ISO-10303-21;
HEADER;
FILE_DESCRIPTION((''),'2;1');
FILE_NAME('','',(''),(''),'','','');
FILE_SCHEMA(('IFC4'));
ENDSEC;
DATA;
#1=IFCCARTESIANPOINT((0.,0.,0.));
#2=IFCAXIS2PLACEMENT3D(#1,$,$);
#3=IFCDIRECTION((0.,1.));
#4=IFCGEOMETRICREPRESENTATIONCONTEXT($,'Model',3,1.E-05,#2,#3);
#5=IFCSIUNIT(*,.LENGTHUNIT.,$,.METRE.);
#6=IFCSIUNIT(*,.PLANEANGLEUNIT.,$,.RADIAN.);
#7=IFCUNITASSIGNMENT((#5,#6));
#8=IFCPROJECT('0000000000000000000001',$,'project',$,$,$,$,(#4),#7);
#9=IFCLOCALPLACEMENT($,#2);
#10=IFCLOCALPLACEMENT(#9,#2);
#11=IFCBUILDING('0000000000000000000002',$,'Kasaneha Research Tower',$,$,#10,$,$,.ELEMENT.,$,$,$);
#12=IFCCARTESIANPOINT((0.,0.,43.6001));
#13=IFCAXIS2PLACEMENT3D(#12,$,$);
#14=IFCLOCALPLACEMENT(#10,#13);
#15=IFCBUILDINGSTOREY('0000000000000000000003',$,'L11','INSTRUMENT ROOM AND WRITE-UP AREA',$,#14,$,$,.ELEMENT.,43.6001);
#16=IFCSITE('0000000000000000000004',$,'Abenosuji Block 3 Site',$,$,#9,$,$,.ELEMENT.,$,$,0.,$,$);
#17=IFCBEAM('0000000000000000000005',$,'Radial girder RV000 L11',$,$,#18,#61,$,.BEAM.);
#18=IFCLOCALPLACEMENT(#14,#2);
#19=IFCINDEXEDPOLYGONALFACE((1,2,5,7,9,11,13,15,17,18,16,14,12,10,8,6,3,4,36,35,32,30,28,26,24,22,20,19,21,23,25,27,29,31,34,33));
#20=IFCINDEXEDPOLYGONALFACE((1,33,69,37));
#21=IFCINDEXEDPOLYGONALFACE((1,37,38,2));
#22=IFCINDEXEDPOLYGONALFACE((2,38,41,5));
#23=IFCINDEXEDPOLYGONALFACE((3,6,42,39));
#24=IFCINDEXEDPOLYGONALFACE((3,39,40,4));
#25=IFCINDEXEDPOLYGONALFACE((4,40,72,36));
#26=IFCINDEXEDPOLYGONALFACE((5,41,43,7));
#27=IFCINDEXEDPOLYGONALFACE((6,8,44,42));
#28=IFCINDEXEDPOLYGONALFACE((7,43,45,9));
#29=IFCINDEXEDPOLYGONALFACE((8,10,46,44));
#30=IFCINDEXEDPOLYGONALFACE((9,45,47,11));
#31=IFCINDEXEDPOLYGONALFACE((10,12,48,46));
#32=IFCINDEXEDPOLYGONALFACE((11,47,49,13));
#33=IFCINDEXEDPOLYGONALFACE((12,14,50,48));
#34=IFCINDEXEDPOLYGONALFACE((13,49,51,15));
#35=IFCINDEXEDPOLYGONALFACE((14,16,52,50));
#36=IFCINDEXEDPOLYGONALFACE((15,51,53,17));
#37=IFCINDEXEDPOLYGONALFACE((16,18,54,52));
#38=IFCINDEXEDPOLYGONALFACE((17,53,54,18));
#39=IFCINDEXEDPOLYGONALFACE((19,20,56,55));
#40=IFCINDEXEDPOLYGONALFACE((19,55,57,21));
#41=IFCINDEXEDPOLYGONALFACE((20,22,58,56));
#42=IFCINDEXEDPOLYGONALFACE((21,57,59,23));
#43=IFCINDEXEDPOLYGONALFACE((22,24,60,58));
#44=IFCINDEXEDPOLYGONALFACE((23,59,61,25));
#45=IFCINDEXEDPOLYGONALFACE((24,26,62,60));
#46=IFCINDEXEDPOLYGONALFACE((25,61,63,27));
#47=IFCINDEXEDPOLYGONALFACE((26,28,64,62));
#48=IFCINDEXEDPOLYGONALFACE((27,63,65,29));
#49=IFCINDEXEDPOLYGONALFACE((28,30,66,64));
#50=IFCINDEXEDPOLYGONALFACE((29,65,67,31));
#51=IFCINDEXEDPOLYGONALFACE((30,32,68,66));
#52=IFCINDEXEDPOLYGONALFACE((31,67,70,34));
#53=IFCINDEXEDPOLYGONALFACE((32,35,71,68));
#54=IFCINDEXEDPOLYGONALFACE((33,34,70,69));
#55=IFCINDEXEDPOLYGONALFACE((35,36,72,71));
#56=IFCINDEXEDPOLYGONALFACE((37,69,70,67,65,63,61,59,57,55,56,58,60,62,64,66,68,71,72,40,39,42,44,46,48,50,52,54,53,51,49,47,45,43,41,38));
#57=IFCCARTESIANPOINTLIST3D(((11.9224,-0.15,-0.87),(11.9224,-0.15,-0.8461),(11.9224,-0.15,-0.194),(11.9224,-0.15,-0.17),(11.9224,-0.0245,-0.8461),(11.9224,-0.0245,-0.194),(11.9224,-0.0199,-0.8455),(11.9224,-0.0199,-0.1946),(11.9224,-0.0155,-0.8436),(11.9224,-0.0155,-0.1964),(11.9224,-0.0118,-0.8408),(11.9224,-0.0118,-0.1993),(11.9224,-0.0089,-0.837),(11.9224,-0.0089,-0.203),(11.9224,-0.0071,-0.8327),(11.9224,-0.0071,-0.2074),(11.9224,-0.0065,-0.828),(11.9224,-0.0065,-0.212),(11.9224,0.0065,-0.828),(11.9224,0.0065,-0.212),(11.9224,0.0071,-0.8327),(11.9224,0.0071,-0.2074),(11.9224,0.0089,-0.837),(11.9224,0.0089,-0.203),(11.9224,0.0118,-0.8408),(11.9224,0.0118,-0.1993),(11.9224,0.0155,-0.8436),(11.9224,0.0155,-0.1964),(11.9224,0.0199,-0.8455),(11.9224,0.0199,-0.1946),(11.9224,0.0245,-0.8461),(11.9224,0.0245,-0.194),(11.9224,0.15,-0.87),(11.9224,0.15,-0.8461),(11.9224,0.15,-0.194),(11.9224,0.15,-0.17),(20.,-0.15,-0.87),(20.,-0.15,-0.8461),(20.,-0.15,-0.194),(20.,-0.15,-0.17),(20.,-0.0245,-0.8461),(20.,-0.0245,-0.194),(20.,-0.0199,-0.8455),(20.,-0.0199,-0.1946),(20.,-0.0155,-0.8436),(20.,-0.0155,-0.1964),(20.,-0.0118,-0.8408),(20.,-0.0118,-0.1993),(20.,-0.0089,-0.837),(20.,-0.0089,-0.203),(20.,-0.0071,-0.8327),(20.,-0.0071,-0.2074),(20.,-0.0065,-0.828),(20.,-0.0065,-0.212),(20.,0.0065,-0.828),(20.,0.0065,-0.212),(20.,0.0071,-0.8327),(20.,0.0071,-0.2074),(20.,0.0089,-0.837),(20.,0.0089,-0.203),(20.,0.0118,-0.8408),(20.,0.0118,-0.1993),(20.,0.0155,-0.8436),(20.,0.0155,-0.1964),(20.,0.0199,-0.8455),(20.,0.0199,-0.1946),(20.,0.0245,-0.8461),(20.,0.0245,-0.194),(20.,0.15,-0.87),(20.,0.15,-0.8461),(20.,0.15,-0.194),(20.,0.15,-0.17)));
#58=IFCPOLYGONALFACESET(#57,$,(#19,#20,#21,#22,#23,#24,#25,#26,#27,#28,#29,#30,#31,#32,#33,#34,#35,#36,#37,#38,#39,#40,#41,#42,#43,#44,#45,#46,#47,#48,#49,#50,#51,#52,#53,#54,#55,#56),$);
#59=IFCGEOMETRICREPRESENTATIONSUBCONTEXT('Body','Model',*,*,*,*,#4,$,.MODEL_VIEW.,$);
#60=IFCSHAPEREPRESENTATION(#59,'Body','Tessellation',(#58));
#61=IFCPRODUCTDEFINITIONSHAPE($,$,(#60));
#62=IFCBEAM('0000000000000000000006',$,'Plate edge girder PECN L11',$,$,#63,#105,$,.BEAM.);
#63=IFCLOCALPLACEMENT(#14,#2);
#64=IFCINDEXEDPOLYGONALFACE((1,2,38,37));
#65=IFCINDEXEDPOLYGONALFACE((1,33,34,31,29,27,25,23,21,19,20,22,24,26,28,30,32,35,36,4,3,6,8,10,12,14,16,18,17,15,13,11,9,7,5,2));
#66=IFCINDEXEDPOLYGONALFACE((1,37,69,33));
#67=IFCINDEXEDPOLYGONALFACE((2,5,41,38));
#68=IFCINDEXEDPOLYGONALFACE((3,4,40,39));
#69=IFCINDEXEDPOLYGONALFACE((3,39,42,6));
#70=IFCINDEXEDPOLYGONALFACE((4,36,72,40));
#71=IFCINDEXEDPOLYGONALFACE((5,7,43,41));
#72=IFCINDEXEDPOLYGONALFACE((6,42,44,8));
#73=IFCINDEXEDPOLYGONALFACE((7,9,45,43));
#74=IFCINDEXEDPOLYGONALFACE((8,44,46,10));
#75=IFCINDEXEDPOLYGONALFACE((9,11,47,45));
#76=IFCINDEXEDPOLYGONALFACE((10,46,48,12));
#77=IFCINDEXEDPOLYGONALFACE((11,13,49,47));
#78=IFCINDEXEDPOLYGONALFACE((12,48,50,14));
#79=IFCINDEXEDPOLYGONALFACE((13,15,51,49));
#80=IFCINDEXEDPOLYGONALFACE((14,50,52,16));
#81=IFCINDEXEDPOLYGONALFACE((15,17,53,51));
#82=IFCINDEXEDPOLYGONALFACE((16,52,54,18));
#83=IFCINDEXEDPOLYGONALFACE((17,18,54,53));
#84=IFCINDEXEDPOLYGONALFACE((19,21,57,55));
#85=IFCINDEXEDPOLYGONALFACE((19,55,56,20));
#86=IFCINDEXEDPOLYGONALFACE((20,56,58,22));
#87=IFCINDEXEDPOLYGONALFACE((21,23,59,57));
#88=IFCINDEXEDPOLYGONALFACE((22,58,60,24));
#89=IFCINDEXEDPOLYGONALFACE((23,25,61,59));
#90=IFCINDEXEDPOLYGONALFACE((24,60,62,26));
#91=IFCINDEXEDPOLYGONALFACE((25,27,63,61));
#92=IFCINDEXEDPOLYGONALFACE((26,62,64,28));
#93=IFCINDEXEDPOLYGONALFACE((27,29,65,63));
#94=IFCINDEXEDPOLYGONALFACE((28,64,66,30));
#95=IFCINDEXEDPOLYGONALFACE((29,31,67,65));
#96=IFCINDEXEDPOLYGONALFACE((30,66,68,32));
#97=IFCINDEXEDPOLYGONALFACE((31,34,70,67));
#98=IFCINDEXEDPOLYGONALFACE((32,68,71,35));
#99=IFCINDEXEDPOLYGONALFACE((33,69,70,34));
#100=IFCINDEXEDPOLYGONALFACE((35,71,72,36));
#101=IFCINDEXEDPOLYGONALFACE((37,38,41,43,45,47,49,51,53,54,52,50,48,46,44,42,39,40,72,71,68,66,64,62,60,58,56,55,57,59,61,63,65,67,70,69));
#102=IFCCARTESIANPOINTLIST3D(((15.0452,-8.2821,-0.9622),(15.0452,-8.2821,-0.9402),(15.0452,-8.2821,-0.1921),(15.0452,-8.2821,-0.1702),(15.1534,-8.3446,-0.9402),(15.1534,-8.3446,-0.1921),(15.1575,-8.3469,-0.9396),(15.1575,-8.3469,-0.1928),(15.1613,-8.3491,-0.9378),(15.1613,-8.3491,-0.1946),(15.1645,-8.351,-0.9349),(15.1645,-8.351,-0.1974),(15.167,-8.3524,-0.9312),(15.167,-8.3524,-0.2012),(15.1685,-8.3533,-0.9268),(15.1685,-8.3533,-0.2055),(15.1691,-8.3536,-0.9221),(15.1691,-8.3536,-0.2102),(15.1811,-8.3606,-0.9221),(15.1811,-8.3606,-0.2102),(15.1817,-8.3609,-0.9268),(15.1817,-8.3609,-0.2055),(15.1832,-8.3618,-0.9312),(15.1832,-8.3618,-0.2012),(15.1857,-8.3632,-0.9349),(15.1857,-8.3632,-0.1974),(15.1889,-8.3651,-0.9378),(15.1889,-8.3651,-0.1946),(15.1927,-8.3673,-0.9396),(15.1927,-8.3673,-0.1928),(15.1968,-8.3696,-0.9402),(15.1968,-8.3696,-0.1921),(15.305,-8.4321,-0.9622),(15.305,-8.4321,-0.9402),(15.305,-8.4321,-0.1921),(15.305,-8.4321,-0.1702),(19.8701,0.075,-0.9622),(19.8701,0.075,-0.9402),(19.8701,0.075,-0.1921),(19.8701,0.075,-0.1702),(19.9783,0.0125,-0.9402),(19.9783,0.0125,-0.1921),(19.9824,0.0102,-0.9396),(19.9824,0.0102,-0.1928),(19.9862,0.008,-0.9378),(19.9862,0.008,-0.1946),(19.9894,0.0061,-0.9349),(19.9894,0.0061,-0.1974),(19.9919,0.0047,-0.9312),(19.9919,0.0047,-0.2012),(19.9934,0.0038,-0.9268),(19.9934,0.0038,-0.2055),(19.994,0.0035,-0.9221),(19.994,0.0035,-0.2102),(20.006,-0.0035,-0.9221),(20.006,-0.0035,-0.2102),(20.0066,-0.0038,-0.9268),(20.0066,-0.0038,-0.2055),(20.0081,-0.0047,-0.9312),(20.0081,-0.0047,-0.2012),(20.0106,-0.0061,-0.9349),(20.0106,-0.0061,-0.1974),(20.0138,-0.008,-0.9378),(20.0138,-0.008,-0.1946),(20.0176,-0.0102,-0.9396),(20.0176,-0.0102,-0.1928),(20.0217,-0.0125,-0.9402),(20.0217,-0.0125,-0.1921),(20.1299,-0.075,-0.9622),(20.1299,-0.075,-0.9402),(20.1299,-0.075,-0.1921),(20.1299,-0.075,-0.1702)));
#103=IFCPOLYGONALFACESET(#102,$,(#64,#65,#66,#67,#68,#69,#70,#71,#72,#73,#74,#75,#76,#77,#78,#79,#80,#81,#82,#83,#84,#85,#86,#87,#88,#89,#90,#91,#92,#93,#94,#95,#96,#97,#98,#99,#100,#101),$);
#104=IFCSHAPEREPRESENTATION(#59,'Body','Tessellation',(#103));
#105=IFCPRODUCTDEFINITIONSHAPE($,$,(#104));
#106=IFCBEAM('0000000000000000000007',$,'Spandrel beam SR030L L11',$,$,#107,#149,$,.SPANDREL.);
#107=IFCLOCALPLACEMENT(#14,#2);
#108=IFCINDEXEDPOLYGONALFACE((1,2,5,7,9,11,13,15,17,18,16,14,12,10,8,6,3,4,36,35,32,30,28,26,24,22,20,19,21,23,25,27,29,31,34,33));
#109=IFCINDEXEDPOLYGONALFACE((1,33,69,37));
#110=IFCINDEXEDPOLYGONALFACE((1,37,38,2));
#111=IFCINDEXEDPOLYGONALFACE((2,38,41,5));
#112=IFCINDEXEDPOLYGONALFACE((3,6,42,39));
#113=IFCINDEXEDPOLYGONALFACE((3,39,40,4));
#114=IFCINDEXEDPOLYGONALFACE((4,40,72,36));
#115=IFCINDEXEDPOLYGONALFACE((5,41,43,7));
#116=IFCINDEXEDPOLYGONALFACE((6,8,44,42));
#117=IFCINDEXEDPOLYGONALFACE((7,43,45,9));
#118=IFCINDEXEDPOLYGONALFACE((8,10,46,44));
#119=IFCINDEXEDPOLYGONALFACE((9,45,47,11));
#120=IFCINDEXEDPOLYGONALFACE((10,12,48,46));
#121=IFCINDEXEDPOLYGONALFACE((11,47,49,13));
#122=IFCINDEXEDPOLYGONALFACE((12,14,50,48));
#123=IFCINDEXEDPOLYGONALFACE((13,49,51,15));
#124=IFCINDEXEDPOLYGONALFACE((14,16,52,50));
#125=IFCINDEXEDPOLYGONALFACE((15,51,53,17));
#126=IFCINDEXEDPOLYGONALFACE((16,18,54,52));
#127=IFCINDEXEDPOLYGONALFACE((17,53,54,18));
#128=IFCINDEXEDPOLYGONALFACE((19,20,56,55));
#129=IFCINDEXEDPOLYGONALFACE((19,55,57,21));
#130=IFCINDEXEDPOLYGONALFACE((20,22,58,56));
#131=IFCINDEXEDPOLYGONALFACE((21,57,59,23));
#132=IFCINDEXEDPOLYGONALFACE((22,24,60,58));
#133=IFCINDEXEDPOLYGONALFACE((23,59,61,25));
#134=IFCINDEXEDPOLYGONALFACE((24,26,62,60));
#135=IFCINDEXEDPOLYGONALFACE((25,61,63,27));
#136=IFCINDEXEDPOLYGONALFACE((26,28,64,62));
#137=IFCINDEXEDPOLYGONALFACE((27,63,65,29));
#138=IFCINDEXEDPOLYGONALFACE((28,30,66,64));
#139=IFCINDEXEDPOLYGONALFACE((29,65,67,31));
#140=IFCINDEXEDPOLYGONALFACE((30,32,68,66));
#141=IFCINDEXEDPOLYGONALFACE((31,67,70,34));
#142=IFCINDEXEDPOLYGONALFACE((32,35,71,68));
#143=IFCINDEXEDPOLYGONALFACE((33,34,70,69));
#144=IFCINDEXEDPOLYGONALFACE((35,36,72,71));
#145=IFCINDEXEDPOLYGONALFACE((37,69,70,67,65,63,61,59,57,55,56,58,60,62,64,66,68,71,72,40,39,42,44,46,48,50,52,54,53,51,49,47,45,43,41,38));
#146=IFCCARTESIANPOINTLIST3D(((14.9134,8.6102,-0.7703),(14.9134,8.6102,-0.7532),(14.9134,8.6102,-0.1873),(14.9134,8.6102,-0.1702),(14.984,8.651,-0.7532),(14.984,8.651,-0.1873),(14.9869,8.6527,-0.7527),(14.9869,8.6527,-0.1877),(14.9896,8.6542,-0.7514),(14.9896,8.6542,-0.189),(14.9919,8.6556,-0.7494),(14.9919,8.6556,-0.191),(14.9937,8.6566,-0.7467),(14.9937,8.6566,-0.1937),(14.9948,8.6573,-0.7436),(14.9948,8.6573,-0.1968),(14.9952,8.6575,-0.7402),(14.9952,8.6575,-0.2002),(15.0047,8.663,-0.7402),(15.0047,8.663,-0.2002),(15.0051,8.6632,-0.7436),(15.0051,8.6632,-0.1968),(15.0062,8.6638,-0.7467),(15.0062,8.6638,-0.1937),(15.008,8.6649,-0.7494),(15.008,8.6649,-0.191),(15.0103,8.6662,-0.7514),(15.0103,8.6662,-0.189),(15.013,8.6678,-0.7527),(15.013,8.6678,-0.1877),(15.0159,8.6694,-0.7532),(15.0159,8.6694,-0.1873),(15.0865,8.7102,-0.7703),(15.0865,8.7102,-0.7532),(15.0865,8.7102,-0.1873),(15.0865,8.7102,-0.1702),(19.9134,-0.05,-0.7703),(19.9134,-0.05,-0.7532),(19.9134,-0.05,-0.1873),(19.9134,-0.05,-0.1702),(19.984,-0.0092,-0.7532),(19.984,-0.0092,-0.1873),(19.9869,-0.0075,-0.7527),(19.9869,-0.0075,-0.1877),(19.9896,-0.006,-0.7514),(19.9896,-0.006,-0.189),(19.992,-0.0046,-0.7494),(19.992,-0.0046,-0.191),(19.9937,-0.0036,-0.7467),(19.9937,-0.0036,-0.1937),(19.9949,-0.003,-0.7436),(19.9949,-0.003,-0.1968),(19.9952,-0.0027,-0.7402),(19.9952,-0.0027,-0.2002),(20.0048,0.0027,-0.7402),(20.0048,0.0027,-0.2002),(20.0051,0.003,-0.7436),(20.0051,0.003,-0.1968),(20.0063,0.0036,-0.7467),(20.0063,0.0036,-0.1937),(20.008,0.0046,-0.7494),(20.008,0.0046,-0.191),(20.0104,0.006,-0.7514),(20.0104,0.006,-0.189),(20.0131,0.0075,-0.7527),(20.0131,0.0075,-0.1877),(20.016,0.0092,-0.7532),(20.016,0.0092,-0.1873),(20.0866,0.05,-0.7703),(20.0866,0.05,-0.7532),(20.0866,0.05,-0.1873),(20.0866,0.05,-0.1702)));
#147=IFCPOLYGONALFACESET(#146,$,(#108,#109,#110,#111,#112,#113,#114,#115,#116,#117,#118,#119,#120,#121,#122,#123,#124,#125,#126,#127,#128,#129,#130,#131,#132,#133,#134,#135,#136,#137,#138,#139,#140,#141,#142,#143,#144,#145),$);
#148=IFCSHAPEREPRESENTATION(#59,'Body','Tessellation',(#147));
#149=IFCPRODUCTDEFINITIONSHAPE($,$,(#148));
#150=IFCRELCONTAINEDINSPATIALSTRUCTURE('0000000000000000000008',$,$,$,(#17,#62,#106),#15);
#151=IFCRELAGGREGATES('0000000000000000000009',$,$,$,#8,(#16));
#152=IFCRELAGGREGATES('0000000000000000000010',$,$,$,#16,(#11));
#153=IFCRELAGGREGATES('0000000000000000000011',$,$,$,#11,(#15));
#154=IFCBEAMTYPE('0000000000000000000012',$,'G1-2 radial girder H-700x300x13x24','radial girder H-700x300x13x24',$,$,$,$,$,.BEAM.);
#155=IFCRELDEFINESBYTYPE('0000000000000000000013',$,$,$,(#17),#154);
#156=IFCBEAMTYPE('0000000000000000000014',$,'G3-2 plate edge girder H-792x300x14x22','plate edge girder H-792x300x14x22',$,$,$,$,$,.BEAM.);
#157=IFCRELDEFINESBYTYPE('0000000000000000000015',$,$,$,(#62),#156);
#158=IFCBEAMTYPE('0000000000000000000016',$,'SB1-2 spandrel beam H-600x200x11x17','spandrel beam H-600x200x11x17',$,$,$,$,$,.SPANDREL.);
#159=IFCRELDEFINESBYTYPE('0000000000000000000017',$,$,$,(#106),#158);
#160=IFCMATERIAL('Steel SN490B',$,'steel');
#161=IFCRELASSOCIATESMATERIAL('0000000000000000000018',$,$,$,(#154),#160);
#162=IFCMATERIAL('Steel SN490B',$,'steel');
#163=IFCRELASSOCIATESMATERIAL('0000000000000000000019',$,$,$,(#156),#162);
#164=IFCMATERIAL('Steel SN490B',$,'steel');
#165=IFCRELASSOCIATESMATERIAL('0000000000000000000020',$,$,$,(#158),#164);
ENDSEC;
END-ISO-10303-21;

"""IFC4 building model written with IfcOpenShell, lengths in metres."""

from ifc_helpers import new_model, si_unit, direction, frame, origin, origin_2d, place, context, subcontext, project, spatial, i_section, extrude, material, material_profile, profile_set, type_object, element, save


model = new_model("IFC4")

# Units and contexts
model_context = context("Model", 3, precision=1e-05, world=origin(), true_north=direction((0.0, 1.0)))
body_context = subcontext(model_context, "Body", "Model", "MODEL_VIEW")
ifc_project = project(units=[si_unit("LENGTHUNIT", "METRE"), si_unit("PLANEANGLEUNIT", "RADIAN")], contexts=[model_context])

# Site, building, storey
site_placement = place(None, origin())
site = spatial("IfcSite", under=ifc_project, at=site_placement, Name="Abenosuji Block 3 Site", CompositionType="ELEMENT", RefElevation=0.0)
building_placement = place(site_placement, origin())
building = spatial("IfcBuilding", under=site, at=building_placement, Name="Kasaneha Research Tower", CompositionType="ELEMENT")
storey_placement = place(building_placement, frame((0.0, 0.0, 43.6001)))
storey = spatial("IfcBuildingStorey", under=building, at=storey_placement, Name="L11", Description="INSTRUMENT ROOM AND WRITE-UP AREA", CompositionType="ELEMENT", Elevation=43.6001)

# Beams
ifc_material_1 = material(Name="Steel SN490B", Category="steel")
ifc_material_profile_1 = material_profile(ifc_material_1, i_section(OverallWidth=0.3, OverallDepth=0.7, WebThickness=0.0129, FlangeThickness=0.0239, FilletRadius=0.0181, at=origin_2d()), Name="H-700x300x13x24")
ifc_profile_set_1 = profile_set([ifc_material_profile_1], Name="Steel SN490B")
beam_type_1 = type_object("IfcBeamType", Name="G1-2 radial girder H-700x300x13x24", Description="radial girder H-700x300x13x24", PredefinedType="BEAM", material=ifc_profile_set_1)
beam_1_placement = place(storey_placement, frame((11.9224, 0.0, -0.52), z_axis=(1.0, 0.0, 0.0), x_axis=(0.0, 1.0, 0.0)))
element("IfcBeam", 1, at=beam_1_placement, inside=storey, type_object=beam_type_1, Name="Radial girder RV000 L11", PredefinedType="BEAM", context=body_context, shape_type="SweptSolid", body=[
    extrude(i_section(OverallWidth=0.3, OverallDepth=0.7, WebThickness=0.0129, FlangeThickness=0.0239, FilletRadius=0.0181, at=origin_2d()), origin(), (0.0, 0.0, 1.0), 8.0776),
])
ifc_material_2 = material(Name="Steel SN490B", Category="steel")
ifc_material_profile_2 = material_profile(ifc_material_2, i_section(OverallWidth=0.3, OverallDepth=0.792, WebThickness=0.0139, FlangeThickness=0.022, FilletRadius=0.0181, at=origin_2d()), Name="H-792x300x14x22")
ifc_profile_set_2 = profile_set([ifc_material_profile_2], Name="Steel SN490B")
beam_type_2 = type_object("IfcBeamType", Name="G3-2 plate edge girder H-792x300x14x22", Description="plate edge girder H-792x300x14x22", PredefinedType="BEAM", material=ifc_profile_set_2)
beam_2_placement = place(storey_placement, frame((20.0, 0.0, -0.5662), z_axis=(-0.499995, -0.866028, 0.0), x_axis=(0.866028, -0.499995, 0.0)))
element("IfcBeam", 2, at=beam_2_placement, inside=storey, type_object=beam_type_2, Name="Plate edge girder PECN L11", PredefinedType="BEAM", context=body_context, shape_type="SweptSolid", body=[
    extrude(i_section(OverallWidth=0.3, OverallDepth=0.792, WebThickness=0.0139, FlangeThickness=0.022, FilletRadius=0.0181, at=origin_2d()), origin(), (0.0, 0.0, 1.0), 9.6499),
])
ifc_material_3 = material(Name="Steel SN490B", Category="steel")
ifc_material_profile_3 = material_profile(ifc_material_3, i_section(OverallWidth=0.2, OverallDepth=0.6001, WebThickness=0.011, FlangeThickness=0.0171, FilletRadius=0.0129, at=origin_2d()), Name="H-600x200x11x17")
ifc_profile_set_3 = profile_set([ifc_material_profile_3], Name="Steel SN490B")
beam_type_3 = type_object("IfcBeamType", Name="SB1-2 spandrel beam H-600x200x11x17", Description="spandrel beam H-600x200x11x17", PredefinedType="SPANDREL", material=ifc_profile_set_3)
beam_3_placement = place(storey_placement, frame((20.0, 0.0, -0.4702), z_axis=(-0.500004, 0.866023, 0.0), x_axis=(-0.866023, -0.500004, 0.0)))
element("IfcBeam", 3, at=beam_3_placement, inside=storey, type_object=beam_type_3, Name="Spandrel beam SR030L L11", PredefinedType="SPANDREL", context=body_context, shape_type="SweptSolid", body=[
    extrude(i_section(OverallWidth=0.2, OverallDepth=0.6001, WebThickness=0.011, FlangeThickness=0.0171, FilletRadius=0.0129, at=origin_2d()), origin(), (0.0, 0.0, 1.0), 10.0),
])

save(model, "model.ifc")
